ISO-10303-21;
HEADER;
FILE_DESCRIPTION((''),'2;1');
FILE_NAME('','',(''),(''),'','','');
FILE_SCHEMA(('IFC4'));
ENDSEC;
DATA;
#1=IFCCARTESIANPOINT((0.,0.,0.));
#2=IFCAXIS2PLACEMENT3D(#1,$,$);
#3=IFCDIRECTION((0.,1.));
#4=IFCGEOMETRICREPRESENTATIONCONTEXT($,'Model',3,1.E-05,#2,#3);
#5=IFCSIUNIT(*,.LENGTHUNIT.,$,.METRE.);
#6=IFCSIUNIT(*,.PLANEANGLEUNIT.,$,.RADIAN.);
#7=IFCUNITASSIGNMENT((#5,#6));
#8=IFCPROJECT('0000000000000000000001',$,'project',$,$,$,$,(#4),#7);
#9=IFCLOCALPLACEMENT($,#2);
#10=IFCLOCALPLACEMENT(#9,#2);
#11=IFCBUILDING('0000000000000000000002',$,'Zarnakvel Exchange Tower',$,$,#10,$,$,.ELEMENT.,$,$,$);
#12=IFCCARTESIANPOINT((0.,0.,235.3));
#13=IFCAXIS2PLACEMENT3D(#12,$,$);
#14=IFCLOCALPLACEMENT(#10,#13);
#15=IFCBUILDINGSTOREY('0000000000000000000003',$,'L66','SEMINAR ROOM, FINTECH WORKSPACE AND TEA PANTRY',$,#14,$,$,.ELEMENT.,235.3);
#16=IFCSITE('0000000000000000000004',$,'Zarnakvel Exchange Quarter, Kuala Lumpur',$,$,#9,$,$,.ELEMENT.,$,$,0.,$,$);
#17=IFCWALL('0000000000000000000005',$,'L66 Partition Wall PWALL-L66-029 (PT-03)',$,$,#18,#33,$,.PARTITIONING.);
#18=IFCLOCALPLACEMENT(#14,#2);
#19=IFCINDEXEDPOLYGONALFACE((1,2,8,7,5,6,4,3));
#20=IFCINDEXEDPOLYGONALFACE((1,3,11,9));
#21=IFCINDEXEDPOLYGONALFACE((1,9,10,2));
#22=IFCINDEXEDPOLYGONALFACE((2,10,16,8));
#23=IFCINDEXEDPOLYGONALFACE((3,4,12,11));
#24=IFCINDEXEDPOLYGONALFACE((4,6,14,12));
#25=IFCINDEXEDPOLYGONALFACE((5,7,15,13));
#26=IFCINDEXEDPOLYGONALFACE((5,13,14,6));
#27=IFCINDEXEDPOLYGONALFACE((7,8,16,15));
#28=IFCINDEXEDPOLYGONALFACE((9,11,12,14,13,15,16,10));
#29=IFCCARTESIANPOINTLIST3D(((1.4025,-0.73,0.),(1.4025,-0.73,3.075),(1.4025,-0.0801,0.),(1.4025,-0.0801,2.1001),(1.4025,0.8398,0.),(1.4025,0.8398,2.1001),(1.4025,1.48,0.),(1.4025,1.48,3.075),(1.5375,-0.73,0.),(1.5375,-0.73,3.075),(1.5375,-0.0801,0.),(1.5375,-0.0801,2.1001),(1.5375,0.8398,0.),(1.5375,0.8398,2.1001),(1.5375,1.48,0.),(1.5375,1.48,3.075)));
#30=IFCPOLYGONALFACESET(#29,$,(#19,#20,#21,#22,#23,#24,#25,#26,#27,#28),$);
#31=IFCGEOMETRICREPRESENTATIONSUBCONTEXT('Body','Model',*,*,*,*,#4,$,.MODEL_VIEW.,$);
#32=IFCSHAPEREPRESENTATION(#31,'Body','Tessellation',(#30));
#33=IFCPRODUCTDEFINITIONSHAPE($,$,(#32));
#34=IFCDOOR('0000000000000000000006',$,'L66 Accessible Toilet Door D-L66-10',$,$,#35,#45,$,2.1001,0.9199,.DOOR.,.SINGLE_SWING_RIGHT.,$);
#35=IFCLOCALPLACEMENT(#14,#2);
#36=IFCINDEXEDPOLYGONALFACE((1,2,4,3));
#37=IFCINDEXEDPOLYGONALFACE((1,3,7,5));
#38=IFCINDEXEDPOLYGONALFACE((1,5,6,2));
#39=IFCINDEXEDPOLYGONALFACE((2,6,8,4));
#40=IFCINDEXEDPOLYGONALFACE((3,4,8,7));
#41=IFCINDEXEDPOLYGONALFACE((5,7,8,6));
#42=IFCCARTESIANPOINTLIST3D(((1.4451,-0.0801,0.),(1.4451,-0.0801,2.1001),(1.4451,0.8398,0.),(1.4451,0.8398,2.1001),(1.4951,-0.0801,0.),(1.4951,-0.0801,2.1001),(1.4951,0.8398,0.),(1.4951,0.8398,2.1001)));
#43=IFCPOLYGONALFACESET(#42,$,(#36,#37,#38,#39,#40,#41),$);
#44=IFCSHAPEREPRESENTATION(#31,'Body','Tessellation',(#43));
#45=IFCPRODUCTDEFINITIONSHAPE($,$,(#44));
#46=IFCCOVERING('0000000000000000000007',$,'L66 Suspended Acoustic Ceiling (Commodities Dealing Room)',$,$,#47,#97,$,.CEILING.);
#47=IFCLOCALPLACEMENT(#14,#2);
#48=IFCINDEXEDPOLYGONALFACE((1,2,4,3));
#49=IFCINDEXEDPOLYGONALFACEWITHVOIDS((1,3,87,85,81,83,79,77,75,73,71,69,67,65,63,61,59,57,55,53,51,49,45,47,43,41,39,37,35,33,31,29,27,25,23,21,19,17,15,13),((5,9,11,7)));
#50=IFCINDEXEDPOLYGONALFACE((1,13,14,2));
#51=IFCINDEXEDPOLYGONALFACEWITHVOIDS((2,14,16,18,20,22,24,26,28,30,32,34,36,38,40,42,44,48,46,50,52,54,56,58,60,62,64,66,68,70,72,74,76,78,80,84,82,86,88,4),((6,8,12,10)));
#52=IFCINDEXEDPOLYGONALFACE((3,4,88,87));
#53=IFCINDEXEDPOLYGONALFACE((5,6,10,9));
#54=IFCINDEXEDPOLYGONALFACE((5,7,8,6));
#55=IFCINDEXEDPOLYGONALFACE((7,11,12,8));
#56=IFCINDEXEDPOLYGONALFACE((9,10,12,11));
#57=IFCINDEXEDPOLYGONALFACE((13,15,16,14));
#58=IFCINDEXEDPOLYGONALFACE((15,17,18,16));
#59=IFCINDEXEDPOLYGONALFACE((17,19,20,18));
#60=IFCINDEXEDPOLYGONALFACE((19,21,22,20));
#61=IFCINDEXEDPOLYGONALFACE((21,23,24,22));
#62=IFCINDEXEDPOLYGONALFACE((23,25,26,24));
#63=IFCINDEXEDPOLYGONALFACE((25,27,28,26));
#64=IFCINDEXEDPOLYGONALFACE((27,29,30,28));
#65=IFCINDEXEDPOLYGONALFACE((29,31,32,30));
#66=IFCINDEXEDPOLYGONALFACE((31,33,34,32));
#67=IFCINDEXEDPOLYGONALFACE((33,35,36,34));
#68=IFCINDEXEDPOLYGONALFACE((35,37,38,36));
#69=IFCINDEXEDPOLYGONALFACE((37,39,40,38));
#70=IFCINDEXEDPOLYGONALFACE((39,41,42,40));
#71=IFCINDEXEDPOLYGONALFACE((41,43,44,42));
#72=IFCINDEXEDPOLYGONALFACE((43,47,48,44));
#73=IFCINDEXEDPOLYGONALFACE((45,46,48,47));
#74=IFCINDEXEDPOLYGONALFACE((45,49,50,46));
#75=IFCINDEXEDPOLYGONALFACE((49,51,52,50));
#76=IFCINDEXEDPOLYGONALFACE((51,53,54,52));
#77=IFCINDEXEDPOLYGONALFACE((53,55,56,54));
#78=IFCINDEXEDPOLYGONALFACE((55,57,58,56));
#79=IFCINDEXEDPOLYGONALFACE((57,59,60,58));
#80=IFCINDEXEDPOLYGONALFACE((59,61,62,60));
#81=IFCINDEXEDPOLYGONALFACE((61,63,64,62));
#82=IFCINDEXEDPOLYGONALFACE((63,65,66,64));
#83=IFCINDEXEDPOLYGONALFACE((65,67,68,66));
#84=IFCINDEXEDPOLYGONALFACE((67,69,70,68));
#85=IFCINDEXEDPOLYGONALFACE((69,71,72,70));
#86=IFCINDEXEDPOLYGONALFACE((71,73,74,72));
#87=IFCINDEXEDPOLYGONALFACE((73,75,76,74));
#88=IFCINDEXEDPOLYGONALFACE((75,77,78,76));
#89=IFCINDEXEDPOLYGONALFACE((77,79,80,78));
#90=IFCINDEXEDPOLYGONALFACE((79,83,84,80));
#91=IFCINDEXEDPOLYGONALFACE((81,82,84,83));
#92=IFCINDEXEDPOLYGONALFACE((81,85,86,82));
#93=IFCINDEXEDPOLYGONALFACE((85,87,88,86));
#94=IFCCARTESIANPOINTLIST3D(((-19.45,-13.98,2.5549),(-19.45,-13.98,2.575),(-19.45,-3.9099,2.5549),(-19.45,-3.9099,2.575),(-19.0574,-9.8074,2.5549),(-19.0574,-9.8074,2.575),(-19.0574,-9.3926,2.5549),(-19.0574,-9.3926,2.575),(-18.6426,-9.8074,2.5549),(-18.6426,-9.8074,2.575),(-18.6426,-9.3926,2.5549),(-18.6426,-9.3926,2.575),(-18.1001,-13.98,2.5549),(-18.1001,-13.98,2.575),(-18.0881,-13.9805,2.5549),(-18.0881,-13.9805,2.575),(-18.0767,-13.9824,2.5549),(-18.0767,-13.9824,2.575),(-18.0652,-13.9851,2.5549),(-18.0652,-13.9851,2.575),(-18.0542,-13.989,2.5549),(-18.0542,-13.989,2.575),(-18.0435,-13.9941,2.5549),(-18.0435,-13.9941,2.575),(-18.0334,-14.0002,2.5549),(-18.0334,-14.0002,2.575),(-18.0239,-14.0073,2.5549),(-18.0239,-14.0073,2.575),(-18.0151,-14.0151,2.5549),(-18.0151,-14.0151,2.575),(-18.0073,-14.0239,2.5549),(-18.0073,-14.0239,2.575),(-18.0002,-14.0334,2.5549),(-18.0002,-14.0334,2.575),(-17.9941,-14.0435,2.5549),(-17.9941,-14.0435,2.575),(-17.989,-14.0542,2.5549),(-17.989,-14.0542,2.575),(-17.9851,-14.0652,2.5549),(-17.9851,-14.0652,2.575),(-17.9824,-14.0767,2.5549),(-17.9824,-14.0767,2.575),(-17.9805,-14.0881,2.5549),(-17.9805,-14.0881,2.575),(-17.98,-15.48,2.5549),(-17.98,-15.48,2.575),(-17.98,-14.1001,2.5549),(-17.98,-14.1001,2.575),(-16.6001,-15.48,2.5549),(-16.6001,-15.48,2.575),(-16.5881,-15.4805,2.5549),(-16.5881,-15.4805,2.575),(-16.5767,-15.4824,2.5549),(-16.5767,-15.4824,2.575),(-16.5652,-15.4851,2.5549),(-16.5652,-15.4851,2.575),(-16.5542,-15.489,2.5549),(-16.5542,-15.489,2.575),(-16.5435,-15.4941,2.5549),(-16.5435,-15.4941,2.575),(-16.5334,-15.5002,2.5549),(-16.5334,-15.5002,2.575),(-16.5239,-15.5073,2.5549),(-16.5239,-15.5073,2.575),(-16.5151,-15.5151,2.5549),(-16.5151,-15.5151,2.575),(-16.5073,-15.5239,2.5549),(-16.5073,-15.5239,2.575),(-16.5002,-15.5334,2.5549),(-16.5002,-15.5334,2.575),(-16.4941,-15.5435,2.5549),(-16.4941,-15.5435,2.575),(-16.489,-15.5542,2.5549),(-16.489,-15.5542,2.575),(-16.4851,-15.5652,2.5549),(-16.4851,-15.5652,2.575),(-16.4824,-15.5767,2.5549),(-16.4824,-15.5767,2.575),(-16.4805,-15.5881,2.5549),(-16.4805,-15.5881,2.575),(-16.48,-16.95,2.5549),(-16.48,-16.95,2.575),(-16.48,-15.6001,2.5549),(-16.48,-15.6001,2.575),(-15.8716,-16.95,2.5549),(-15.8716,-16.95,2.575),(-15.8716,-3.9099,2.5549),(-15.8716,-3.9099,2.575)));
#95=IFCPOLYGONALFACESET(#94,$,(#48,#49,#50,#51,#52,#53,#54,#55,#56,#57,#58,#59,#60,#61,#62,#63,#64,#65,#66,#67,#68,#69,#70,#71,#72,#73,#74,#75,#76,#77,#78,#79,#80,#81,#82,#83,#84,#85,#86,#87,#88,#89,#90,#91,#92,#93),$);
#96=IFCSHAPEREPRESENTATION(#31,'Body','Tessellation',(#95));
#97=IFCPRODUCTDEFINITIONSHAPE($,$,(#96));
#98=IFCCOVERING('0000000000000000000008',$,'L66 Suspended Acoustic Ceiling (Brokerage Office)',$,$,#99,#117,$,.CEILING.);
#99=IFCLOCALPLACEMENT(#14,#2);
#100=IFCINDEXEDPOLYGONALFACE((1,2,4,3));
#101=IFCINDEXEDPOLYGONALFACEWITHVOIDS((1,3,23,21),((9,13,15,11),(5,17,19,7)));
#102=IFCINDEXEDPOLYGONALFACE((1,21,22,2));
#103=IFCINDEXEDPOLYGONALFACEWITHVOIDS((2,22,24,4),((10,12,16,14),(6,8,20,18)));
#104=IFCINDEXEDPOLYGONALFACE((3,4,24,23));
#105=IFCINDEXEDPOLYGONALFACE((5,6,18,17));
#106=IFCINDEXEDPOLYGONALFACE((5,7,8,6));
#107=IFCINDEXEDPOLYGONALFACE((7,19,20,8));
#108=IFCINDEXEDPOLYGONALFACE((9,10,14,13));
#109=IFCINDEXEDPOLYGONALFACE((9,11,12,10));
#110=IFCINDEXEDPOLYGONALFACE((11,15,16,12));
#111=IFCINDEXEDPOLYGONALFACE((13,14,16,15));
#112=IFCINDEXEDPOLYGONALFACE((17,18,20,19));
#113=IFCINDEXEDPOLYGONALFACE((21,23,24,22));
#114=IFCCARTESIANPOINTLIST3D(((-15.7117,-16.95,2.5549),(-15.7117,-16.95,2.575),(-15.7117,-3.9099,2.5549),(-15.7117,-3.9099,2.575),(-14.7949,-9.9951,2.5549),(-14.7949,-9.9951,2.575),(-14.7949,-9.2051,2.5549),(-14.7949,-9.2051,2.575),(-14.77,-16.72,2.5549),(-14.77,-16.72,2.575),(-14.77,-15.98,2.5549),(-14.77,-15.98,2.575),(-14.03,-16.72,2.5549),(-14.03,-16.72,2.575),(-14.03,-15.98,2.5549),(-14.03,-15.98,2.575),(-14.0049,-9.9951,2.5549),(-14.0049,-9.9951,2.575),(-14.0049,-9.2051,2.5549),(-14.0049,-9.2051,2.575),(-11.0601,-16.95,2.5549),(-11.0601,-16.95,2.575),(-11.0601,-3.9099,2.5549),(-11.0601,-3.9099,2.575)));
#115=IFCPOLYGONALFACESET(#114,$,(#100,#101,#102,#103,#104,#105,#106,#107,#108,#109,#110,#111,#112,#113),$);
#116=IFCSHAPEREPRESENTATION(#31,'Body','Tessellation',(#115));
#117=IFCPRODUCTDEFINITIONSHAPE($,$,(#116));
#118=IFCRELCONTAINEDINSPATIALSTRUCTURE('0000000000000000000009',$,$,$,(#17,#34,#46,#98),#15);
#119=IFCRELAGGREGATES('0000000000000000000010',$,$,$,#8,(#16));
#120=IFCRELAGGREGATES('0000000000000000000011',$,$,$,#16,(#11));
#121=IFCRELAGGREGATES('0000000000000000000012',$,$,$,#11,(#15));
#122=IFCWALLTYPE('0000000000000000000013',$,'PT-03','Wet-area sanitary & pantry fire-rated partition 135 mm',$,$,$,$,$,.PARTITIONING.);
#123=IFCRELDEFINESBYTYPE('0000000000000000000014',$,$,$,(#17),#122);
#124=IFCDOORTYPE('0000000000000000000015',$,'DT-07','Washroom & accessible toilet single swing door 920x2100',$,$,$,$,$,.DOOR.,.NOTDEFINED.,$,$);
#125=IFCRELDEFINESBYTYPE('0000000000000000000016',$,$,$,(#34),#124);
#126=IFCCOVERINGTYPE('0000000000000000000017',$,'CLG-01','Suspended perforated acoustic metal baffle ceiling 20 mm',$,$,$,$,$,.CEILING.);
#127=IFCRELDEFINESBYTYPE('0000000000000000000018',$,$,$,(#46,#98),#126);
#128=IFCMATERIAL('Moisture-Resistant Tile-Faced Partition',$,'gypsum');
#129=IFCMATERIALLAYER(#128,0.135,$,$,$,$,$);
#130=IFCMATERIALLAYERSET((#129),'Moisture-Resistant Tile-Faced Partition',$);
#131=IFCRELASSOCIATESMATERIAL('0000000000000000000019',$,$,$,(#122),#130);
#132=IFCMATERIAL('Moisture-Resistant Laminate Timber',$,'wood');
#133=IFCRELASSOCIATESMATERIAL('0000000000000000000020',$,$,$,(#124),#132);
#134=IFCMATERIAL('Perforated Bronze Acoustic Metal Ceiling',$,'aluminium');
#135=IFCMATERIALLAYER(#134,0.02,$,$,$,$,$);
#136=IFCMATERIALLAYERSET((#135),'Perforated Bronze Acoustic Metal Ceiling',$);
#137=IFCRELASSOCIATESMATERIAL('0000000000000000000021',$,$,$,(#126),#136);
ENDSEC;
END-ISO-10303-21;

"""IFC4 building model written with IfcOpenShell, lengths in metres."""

from ifc_helpers import new_model, si_unit, direction, frame, frame_2d, origin, place, context, subcontext, project, spatial, polyline, rectangle, outline, extrude, source, transform, mapped, material, layer, layer_set, type_object, element, fill, save


model = new_model("IFC4")

# Units and contexts
model_context = context("Model", 3, precision=1e-05, world=origin(), true_north=direction((0.0, 1.0)))
body_context = subcontext(model_context, "Body", "Model", "MODEL_VIEW")
ifc_project = project(units=[si_unit("LENGTHUNIT", "METRE"), si_unit("PLANEANGLEUNIT", "RADIAN")], contexts=[model_context])

# Site, building, storey
site_placement = place(None, origin())
site = spatial("IfcSite", under=ifc_project, at=site_placement, Name="Zarnakvel Exchange Quarter, Kuala Lumpur", CompositionType="ELEMENT", RefElevation=0.0)
building_placement = place(site_placement, origin())
building = spatial("IfcBuilding", under=site, at=building_placement, Name="Zarnakvel Exchange Tower", CompositionType="ELEMENT")
storey_placement = place(building_placement, frame((0.0, 0.0, 235.3)))
storey = spatial("IfcBuildingStorey", under=building, at=storey_placement, Name="L66", Description="SEMINAR ROOM, FINTECH WORKSPACE AND TEA PANTRY", CompositionType="ELEMENT", Elevation=235.3)

# Shared definitions
ifc_material_1 = material(Name="Moisture-Resistant Tile-Faced Partition", Category="gypsum")
ifc_layer_1 = layer(ifc_material_1, 0.135)
ifc_layer_set_1 = layer_set([ifc_layer_1], Name="Moisture-Resistant Tile-Faced Partition")
wall_type_1 = type_object("IfcWallType", Name="PT-03", Description="Wet-area sanitary & pantry fire-rated partition 135 mm", PredefinedType="PARTITIONING", material=ifc_layer_set_1)

# Wall, opening, door
wall_1_placement = place(storey_placement, frame((1.47, -0.73, 0.0), z_axis=(0.0, 0.0, 1.0), x_axis=(0.0, 1.0, 0.0)))
wall_1 = element("IfcWall", 1, at=wall_1_placement, inside=storey, type_object=wall_type_1, Name="L66 Partition Wall PWALL-L66-029 (PT-03)", PredefinedType="PARTITIONING", context=body_context, shape_type="SweptSolid", body=[
    extrude(rectangle(XDim=2.21, YDim=0.135, at=frame_2d((1.105, 0.0))), origin(), (0.0, 0.0, 1.0), 3.075),
])
opening_1_placement = place(wall_1_placement, frame((0.6499, 0.0, 0.0)))
opening_1 = element("IfcOpeningElement", 2, at=opening_1_placement, cuts=wall_1, PredefinedType="OPENING", context=body_context, shape_type="SweptSolid", body=[
    extrude(rectangle(XDim=0.9199, YDim=2.1001, at=frame_2d((0.46, 1.05))), frame((0.0, 0.0774, 0.0), z_axis=(0.0, -1.0, 0.0), x_axis=(1.0, 0.0, 0.0)), (0.0, 0.0, 1.0), 0.155),
])
ifc_material_2 = material(Name="Moisture-Resistant Laminate Timber", Category="wood")
door_type_1 = type_object("IfcDoorType", Name="DT-07", Description="Washroom & accessible toilet single swing door 920x2100", OperationType="NOTDEFINED", PredefinedType="DOOR", material=ifc_material_2)
shared_shape_1 = source(origin(), body_context, "Body", "SweptSolid", [
    extrude(rectangle(XDim=0.9199, YDim=2.1001, at=frame_2d((0.46, 1.05))), frame((0.0, 0.0249, 0.0), z_axis=(0.0, -1.0, 0.0), x_axis=(1.0, 0.0, 0.0)), (0.0, 0.0, 1.0), 0.05),
])
door_1_placement = place(opening_1_placement, origin())
door_1 = element("IfcDoor", 3, at=door_1_placement, inside=storey, type_object=door_type_1, Name="L66 Accessible Toilet Door D-L66-10", OperationType="SINGLE_SWING_RIGHT", OverallHeight=2.1001, OverallWidth=0.9199, PredefinedType="DOOR", context=body_context, shape_type="MappedRepresentation", body=[
    mapped(shared_shape_1, transform((0.0, 0.0, 0.0), x_axis=(1.0, 0.0, 0.0), y_axis=(0.0, 1.0, 0.0), z_axis=(0.0, 0.0, 1.0), scale=1.0)),
])
fill(opening_1, door_1)

# Coverings
ifc_material_3 = material(Name="Perforated Bronze Acoustic Metal Ceiling", Category="aluminium")
ifc_layer_2 = layer(ifc_material_3, 0.02)
ifc_layer_set_2 = layer_set([ifc_layer_2], Name="Perforated Bronze Acoustic Metal Ceiling")
covering_type_1 = type_object("IfcCoveringType", Name="CLG-01", Description="Suspended perforated acoustic metal baffle ceiling 20 mm", PredefinedType="CEILING", material=ifc_layer_set_2)
covering_1_placement = place(storey_placement, frame((0.0, 0.0, 2.5549)))
element("IfcCovering", 4, at=covering_1_placement, inside=storey, type_object=covering_type_1, Name="L66 Suspended Acoustic Ceiling (Commodities Dealing Room)", PredefinedType="CEILING", context=body_context, shape_type="SweptSolid", body=[
    extrude(outline(polyline([(-15.8716, -3.9099), (-15.8716, -16.95), (-16.48, -16.95), (-16.48, -15.6001), (-16.4805, -15.5881), (-16.4824, -15.5767), (-16.4851, -15.5652), (-16.489, -15.5542), (-16.4941, -15.5435), (-16.5002, -15.5334), (-16.5073, -15.5239), (-16.5151, -15.5151), (-16.5239, -15.5073), (-16.5334, -15.5002), (-16.5435, -15.4941), (-16.5542, -15.489), (-16.5652, -15.4851), (-16.5767, -15.4824), (-16.5881, -15.4805), (-16.6001, -15.48), (-17.98, -15.48), (-17.98, -14.1001), (-17.9805, -14.0881), (-17.9824, -14.0767), (-17.9851, -14.0652), (-17.989, -14.0542), (-17.9941, -14.0435), (-18.0002, -14.0334), (-18.0073, -14.0239), (-18.0151, -14.0151), (-18.0239, -14.0073), (-18.0334, -14.0002), (-18.0435, -13.9941), (-18.0542, -13.989), (-18.0652, -13.9851), (-18.0767, -13.9824), (-18.0881, -13.9805), (-18.1001, -13.98), (-19.45, -13.98), (-19.45, -3.9099), (-15.8716, -3.9099)]), holes=[polyline([(-18.6426, -9.8074), (-18.6426, -9.3926), (-19.0574, -9.3926), (-19.0574, -9.8074), (-18.6426, -9.8074)])]), origin(), (0.0, 0.0, 1.0), 0.02),
])
covering_2_placement = place(storey_placement, frame((0.0, 0.0, 2.5549)))
element("IfcCovering", 5, at=covering_2_placement, inside=storey, type_object=covering_type_1, Name="L66 Suspended Acoustic Ceiling (Brokerage Office)", PredefinedType="CEILING", context=body_context, shape_type="SweptSolid", body=[
    extrude(outline(polyline([(-15.7117, -3.9099), (-11.0601, -3.9099), (-11.0601, -16.95), (-15.7117, -16.95), (-15.7117, -3.9099)]), holes=[polyline([(-14.0049, -9.9951), (-14.0049, -9.2051), (-14.7949, -9.2051), (-14.7949, -9.9951), (-14.0049, -9.9951)]), polyline([(-14.03, -15.98), (-14.77, -15.98), (-14.77, -16.72), (-14.03, -16.72), (-14.03, -15.98)])]), origin(), (0.0, 0.0, 1.0), 0.02),
])

save(model, "model.ifc")
